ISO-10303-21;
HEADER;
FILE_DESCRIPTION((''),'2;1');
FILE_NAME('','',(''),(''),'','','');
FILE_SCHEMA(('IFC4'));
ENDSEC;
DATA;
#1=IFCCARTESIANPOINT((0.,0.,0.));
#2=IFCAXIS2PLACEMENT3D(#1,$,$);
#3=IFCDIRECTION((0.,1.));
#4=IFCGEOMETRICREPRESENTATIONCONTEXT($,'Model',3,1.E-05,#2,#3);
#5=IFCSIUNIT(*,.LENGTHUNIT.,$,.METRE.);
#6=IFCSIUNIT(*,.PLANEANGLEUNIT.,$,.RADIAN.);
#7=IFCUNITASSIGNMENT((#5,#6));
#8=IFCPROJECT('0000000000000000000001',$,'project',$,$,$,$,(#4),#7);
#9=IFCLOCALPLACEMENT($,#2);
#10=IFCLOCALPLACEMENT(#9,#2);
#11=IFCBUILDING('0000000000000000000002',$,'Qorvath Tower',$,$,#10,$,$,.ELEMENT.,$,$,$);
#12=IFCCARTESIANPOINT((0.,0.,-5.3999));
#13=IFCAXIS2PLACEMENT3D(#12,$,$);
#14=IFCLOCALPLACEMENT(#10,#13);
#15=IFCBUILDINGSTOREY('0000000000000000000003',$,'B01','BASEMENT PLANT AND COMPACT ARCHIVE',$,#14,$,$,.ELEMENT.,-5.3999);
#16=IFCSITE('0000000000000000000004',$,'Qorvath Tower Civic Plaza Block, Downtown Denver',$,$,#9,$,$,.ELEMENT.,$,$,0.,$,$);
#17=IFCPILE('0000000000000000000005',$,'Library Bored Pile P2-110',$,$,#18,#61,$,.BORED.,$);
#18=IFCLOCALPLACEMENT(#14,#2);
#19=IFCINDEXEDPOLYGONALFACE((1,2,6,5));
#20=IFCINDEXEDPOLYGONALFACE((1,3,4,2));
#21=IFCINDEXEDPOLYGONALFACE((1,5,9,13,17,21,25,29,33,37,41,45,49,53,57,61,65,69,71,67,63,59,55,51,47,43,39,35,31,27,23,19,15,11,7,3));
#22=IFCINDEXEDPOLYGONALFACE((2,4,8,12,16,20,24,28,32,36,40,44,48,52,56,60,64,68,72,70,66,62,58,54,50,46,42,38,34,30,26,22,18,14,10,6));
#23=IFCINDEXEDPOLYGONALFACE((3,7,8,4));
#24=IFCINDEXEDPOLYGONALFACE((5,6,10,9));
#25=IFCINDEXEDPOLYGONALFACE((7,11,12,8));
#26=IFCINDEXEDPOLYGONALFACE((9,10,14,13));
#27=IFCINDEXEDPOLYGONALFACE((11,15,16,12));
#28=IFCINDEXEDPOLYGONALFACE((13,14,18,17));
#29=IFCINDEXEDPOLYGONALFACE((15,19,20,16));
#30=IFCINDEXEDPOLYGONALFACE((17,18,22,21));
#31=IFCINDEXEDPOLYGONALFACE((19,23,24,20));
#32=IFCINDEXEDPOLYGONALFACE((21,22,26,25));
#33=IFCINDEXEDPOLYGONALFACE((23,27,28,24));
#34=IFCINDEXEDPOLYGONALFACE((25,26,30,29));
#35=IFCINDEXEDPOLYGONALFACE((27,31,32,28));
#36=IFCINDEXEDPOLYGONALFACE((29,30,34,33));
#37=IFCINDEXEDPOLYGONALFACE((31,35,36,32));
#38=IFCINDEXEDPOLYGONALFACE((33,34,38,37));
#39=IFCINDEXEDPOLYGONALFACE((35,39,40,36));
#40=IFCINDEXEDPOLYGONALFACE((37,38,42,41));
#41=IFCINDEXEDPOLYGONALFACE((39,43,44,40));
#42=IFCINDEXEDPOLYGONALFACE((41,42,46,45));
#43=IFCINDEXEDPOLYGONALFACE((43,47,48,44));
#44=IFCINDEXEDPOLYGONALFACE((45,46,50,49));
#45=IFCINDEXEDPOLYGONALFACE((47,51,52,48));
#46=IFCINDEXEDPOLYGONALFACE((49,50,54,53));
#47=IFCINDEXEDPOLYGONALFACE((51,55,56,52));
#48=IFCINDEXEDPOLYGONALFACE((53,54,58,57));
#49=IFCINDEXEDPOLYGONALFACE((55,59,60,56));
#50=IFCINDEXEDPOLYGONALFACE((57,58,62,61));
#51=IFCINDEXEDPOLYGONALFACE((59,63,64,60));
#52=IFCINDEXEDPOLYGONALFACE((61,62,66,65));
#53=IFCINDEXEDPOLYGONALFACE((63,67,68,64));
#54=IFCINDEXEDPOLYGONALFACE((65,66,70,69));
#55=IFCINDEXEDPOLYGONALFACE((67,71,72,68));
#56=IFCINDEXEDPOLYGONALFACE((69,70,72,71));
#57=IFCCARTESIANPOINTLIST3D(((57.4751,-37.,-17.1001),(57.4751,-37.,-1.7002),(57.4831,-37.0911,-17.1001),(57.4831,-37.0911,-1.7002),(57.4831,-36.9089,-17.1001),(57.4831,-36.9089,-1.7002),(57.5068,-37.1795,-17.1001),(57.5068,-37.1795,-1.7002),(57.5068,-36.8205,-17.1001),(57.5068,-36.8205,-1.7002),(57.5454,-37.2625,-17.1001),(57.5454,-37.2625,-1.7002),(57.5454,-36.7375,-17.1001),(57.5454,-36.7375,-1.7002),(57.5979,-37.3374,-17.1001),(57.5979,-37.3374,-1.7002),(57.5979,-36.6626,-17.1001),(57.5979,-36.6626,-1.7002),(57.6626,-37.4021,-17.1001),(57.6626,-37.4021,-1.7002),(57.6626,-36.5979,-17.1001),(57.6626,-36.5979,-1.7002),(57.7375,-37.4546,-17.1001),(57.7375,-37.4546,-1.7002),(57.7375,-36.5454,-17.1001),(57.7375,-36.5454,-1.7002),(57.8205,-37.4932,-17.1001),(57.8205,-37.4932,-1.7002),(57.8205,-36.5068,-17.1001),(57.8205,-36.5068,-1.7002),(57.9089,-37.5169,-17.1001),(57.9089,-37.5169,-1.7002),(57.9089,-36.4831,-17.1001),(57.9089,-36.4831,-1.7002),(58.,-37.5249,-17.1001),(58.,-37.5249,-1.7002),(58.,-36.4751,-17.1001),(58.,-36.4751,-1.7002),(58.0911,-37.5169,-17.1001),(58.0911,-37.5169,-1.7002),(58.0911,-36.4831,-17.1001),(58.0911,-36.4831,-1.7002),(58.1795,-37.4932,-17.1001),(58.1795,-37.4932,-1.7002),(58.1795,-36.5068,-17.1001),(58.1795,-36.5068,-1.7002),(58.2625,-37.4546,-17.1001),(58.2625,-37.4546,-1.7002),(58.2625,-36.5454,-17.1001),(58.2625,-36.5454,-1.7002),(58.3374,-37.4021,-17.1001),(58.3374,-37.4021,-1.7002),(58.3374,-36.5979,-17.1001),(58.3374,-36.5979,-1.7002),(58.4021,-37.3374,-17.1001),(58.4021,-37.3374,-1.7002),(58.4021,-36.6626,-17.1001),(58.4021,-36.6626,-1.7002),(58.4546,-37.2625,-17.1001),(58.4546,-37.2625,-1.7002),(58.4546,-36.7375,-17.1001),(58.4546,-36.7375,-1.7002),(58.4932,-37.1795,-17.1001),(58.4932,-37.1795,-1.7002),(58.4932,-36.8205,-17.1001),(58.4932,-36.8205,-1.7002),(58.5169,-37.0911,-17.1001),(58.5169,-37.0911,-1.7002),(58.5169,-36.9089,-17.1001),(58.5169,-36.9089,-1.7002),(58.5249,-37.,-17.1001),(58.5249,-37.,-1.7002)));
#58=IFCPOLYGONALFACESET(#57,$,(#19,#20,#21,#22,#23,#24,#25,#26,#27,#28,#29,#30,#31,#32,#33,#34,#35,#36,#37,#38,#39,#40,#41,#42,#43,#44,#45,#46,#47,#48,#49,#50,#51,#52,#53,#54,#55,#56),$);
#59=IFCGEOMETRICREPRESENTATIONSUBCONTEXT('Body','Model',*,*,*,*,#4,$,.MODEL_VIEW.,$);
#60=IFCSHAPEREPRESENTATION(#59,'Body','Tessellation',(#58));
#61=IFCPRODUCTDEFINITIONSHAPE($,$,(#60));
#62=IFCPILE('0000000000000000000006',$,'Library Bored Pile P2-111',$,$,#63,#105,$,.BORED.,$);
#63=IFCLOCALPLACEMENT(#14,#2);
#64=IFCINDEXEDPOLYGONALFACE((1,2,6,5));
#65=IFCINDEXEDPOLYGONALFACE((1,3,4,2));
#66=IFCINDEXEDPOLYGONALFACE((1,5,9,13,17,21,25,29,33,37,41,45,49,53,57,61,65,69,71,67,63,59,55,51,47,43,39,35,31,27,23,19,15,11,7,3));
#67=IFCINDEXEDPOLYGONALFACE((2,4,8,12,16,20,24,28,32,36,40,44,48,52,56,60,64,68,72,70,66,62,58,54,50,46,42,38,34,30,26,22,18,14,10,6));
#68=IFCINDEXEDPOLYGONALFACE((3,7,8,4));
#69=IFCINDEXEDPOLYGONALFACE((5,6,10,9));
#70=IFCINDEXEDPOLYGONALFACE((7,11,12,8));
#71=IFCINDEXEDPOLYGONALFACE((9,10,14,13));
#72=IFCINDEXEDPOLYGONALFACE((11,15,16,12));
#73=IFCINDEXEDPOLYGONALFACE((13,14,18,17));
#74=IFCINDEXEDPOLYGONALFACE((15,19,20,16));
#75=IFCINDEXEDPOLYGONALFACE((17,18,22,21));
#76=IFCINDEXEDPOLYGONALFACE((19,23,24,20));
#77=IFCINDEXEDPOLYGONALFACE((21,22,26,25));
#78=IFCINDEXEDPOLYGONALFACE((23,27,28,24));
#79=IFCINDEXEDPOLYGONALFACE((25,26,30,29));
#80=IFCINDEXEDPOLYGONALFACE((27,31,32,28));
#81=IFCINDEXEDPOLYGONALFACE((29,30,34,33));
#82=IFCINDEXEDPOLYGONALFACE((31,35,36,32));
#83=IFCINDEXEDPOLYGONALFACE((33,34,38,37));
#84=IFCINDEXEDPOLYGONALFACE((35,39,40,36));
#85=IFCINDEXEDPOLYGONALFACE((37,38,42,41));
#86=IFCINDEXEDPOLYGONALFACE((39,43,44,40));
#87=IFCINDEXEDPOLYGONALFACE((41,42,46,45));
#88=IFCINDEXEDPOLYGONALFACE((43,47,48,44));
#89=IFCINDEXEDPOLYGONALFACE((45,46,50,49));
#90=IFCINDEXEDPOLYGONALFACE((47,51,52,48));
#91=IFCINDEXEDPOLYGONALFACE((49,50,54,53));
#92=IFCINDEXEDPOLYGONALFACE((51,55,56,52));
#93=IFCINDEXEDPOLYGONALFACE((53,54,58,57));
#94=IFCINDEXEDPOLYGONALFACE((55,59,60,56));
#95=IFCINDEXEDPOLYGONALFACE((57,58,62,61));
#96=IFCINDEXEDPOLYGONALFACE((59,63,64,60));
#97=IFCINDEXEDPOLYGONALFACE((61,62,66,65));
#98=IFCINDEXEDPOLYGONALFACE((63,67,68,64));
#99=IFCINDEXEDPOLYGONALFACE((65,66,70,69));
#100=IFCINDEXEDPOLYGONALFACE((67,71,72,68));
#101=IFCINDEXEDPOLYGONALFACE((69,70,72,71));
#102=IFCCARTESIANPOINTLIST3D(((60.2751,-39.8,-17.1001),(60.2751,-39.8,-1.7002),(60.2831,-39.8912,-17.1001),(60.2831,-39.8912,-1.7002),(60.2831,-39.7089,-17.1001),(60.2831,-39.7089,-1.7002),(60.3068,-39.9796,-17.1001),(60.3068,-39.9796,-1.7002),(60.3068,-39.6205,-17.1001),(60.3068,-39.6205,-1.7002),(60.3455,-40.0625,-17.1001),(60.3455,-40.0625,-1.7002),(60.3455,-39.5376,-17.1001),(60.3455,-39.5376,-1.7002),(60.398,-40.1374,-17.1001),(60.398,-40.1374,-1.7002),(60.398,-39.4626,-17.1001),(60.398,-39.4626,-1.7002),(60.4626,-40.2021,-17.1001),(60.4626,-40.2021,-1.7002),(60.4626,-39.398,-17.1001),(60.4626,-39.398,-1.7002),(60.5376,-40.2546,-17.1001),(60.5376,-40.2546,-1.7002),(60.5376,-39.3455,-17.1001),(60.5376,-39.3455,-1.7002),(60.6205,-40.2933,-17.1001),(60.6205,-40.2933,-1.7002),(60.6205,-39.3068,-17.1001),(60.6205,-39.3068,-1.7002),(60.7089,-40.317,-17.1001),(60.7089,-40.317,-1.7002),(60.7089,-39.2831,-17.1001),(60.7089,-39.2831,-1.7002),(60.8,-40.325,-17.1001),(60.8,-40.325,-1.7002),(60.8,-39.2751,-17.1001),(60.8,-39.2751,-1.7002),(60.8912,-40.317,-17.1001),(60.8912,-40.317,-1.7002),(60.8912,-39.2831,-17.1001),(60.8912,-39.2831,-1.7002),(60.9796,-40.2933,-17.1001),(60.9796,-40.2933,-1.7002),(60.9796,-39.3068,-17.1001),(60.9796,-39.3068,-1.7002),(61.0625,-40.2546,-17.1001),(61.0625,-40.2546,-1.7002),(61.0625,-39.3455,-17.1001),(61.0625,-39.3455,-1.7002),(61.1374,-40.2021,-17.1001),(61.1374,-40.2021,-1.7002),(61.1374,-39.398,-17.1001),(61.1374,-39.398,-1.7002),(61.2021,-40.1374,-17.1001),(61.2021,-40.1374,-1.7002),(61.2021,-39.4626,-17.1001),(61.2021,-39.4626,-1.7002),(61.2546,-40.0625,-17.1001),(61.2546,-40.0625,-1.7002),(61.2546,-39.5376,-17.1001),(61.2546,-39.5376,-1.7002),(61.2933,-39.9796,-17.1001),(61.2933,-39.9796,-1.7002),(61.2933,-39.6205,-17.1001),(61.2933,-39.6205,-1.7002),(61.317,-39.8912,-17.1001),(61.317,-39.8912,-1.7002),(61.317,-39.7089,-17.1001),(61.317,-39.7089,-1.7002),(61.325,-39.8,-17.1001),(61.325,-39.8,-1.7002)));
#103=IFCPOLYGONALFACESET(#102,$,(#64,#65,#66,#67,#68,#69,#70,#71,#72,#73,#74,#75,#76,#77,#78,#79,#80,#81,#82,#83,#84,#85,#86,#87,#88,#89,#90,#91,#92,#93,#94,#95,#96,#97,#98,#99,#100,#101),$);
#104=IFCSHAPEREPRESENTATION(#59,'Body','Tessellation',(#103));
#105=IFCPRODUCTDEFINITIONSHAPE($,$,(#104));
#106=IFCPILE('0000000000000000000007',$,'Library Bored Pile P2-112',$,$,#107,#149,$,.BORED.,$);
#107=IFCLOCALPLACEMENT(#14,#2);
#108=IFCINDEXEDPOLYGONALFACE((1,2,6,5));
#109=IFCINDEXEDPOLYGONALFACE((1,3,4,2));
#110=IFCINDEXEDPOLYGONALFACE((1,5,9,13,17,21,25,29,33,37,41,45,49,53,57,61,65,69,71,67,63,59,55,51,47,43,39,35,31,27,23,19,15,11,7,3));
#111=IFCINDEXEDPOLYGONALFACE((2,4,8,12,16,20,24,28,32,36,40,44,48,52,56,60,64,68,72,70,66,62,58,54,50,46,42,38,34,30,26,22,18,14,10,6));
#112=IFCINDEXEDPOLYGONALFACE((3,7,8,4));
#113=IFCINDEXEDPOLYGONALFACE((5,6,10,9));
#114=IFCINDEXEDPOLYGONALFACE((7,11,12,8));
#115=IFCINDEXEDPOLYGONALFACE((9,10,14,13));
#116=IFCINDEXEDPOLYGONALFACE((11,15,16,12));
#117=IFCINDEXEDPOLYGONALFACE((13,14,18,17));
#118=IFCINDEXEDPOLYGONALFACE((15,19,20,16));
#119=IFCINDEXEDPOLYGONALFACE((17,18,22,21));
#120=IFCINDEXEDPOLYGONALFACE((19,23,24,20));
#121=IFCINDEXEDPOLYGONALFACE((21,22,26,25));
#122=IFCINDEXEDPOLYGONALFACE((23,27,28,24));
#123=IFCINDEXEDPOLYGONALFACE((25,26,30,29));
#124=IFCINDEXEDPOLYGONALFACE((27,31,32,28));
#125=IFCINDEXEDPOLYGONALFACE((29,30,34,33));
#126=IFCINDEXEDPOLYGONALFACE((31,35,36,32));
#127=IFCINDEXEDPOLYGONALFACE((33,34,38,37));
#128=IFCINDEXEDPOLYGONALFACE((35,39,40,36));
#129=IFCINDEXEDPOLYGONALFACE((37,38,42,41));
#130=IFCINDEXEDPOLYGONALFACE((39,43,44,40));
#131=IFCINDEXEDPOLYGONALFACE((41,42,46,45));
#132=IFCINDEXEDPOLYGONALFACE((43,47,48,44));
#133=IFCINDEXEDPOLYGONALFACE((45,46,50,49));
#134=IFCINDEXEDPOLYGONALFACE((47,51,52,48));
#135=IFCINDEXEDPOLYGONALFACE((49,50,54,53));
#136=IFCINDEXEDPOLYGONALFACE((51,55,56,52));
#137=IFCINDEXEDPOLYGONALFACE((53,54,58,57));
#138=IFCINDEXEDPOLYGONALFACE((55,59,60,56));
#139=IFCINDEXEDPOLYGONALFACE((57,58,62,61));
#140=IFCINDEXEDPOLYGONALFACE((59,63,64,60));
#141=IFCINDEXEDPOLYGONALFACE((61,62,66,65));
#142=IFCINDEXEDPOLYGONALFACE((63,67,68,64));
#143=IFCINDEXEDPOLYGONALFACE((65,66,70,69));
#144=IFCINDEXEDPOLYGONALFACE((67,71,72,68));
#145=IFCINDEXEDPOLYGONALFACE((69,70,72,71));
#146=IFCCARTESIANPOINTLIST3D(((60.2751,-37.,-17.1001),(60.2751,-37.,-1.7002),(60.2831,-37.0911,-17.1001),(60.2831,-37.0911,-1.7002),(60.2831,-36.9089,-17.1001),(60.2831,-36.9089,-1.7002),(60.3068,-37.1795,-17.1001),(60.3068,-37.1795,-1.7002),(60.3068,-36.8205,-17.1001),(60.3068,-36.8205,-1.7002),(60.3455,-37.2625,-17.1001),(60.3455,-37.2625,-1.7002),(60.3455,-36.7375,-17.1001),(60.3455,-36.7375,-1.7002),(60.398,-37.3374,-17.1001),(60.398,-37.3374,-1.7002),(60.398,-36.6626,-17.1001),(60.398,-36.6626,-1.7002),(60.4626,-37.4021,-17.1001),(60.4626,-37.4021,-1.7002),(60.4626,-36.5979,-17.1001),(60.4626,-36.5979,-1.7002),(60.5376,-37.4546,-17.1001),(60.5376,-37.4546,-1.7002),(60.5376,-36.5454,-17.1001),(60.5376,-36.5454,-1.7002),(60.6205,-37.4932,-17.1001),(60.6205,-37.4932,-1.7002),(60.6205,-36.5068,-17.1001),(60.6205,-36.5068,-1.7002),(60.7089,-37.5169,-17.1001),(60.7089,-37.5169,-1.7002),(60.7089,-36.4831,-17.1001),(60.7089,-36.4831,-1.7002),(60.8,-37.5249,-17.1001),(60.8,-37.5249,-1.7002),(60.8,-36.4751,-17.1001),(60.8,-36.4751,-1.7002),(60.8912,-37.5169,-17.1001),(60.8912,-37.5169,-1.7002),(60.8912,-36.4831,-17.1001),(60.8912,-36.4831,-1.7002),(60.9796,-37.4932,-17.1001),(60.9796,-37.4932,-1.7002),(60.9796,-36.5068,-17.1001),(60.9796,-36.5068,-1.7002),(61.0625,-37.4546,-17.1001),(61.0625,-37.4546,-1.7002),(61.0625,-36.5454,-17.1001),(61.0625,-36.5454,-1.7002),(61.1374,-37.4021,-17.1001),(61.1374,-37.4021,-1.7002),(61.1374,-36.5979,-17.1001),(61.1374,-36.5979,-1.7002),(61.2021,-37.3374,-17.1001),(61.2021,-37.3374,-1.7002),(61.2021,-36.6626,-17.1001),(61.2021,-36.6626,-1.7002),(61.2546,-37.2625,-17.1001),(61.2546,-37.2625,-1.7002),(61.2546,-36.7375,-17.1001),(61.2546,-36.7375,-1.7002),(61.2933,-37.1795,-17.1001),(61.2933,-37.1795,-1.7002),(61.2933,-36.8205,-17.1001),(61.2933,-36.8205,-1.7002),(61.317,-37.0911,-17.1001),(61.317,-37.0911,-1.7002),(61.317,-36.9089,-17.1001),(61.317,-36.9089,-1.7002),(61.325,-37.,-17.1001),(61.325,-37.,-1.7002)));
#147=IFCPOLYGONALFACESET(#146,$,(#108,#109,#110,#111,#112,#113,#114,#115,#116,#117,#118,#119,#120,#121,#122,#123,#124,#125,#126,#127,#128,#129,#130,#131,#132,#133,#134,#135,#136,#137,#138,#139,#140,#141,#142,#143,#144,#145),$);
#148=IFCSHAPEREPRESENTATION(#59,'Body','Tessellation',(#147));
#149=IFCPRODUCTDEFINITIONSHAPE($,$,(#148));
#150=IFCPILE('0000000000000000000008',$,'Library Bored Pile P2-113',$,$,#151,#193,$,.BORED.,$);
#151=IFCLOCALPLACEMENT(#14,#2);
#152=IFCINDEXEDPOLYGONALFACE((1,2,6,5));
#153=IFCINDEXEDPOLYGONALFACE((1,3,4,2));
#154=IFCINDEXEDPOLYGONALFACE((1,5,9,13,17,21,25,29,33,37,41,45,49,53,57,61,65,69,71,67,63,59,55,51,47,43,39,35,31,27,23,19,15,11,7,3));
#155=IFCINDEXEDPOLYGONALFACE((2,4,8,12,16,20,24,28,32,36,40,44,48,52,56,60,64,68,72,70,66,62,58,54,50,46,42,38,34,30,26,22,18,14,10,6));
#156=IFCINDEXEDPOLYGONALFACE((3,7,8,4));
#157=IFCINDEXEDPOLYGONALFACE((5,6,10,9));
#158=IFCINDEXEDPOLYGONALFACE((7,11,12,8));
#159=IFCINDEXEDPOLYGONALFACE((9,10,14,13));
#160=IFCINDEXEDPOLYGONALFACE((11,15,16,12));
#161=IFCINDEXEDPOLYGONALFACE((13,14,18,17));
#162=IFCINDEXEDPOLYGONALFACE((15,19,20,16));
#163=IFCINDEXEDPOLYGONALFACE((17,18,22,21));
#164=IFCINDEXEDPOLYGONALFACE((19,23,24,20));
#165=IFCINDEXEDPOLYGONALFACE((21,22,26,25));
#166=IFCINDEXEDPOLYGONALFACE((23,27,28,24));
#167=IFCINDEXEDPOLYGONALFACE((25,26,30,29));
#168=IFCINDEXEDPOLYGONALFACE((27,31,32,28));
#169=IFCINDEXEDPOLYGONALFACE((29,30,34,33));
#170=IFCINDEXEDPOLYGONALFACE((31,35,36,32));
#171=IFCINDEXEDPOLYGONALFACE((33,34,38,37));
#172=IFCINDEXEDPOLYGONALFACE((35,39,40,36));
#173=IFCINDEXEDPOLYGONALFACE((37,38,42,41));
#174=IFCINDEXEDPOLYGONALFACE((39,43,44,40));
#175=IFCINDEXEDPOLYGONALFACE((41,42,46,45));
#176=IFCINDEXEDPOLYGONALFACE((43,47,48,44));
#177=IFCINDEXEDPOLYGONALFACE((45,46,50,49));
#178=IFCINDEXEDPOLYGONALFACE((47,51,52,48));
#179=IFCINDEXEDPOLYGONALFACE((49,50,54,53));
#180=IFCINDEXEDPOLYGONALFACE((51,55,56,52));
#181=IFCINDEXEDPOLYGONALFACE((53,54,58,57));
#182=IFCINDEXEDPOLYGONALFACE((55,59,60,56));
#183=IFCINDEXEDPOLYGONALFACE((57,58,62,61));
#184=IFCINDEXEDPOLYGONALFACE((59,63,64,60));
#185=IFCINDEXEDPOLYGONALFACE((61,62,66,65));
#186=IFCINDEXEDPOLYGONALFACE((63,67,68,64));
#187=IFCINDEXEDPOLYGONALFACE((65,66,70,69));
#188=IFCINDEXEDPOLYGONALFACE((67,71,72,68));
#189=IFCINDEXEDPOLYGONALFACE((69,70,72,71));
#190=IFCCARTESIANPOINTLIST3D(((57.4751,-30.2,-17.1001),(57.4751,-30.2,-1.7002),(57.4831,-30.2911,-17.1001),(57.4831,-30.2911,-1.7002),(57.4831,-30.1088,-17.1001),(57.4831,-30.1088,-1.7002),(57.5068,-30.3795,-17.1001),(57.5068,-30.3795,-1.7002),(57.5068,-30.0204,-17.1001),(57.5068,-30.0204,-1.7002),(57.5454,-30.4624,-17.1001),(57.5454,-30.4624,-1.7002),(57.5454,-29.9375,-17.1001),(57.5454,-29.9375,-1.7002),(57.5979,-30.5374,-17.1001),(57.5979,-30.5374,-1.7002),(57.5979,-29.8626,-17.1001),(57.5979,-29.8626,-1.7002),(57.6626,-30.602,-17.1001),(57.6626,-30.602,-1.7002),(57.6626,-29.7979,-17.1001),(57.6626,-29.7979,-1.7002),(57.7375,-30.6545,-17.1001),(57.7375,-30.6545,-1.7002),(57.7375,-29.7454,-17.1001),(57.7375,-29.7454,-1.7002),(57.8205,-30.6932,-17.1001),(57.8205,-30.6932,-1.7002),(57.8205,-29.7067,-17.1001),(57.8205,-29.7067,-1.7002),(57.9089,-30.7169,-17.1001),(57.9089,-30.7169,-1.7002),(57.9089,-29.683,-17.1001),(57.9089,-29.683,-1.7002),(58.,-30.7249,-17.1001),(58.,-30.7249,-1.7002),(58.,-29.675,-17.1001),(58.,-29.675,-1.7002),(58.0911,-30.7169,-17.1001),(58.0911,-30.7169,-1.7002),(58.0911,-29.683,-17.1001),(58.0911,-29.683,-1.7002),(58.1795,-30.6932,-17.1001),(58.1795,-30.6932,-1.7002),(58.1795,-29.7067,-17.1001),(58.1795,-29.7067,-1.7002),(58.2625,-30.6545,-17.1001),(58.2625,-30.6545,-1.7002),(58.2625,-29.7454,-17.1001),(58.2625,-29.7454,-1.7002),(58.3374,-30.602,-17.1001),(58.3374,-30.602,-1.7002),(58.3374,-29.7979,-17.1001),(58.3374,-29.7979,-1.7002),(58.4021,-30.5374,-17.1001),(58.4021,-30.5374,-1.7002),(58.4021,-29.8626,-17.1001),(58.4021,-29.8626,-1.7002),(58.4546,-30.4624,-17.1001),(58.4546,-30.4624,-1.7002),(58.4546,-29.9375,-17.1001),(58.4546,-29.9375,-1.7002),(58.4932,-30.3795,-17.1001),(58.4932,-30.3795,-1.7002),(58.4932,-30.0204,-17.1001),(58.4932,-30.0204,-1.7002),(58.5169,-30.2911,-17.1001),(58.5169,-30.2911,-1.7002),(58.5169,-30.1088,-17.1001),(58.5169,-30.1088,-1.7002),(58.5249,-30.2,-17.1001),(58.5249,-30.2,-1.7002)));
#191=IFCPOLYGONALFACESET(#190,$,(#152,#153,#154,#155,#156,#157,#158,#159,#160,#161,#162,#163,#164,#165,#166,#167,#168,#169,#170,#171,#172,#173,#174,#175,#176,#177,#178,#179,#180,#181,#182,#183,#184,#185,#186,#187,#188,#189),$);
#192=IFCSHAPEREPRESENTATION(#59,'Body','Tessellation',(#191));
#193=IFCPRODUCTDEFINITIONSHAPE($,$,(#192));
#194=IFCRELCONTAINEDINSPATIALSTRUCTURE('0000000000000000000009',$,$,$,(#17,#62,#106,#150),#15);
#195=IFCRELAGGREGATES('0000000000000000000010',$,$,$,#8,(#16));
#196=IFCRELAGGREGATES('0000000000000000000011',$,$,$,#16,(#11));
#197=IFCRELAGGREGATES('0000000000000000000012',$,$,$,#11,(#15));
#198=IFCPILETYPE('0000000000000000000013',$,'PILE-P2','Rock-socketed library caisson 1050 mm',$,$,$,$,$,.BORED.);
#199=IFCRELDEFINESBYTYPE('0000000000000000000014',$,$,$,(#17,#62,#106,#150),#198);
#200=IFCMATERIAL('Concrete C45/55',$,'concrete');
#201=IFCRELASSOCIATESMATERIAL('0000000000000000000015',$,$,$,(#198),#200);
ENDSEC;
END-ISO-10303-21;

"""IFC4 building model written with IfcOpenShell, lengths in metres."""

from ifc_helpers import new_model, si_unit, direction, frame, origin, origin_2d, place, context, subcontext, project, spatial, circle, extrude, material, material_profile, profile_set, type_object, element, save


model = new_model("IFC4")

# Units and contexts
model_context = context("Model", 3, precision=1e-05, world=origin(), true_north=direction((0.0, 1.0)))
body_context = subcontext(model_context, "Body", "Model", "MODEL_VIEW")
ifc_project = project(units=[si_unit("LENGTHUNIT", "METRE"), si_unit("PLANEANGLEUNIT", "RADIAN")], contexts=[model_context])

# Site, building, storey
site_placement = place(None, origin())
site = spatial("IfcSite", under=ifc_project, at=site_placement, Name="Qorvath Tower Civic Plaza Block, Downtown Denver", CompositionType="ELEMENT", RefElevation=0.0)
building_placement = place(site_placement, origin())
building = spatial("IfcBuilding", under=site, at=building_placement, Name="Qorvath Tower", CompositionType="ELEMENT")
storey_placement = place(building_placement, frame((0.0, 0.0, -5.3999)))
storey = spatial("IfcBuildingStorey", under=building, at=storey_placement, Name="B01", Description="BASEMENT PLANT AND COMPACT ARCHIVE", CompositionType="ELEMENT", Elevation=-5.3999)

# Piles
ifc_material_1 = material(Name="Concrete C45/55", Category="concrete")
ifc_material_profile_1 = material_profile(ifc_material_1, circle(Radius=0.5249, at=origin_2d()), Name="BORED PILE 1050")
ifc_profile_set_1 = profile_set([ifc_material_profile_1], Name="Concrete C45/55")
pile_type = type_object("IfcPileType", Name="PILE-P2", Description="Rock-socketed library caisson 1050 mm", PredefinedType="BORED", material=ifc_profile_set_1)
for number, where, z_axis, x_axis, name in (
    (1, (58.0, -37.0, -1.7002), (0.0, 0.0, -1.0), (1.0, 0.0, 0.0), "Library Bored Pile P2-110"),
    (2, (60.8, -39.8, -1.7002), (0.0, 0.0, -1.0), (1.0, 0.0, 0.0), "Library Bored Pile P2-111"),
    (3, (60.8, -37.0, -1.7002), (0.0, 0.0, -1.0), (1.0, 0.0, 0.0), "Library Bored Pile P2-112"),
    (4, (58.0, -30.2, -1.7002), (0.0, 0.0, -1.0), (1.0, 0.0, 0.0), "Library Bored Pile P2-113"),
):
    element("IfcPile", number, at=place(storey_placement, frame(where, z_axis=z_axis, x_axis=x_axis)), inside=storey, type_object=pile_type, Name=name, PredefinedType="BORED", context=body_context, shape_type="SweptSolid", body=[
        extrude(circle(Radius=0.5249, at=origin_2d()), origin(), (0.0, 0.0, 1.0), 15.3999),
    ])

save(model, "model.ifc")
